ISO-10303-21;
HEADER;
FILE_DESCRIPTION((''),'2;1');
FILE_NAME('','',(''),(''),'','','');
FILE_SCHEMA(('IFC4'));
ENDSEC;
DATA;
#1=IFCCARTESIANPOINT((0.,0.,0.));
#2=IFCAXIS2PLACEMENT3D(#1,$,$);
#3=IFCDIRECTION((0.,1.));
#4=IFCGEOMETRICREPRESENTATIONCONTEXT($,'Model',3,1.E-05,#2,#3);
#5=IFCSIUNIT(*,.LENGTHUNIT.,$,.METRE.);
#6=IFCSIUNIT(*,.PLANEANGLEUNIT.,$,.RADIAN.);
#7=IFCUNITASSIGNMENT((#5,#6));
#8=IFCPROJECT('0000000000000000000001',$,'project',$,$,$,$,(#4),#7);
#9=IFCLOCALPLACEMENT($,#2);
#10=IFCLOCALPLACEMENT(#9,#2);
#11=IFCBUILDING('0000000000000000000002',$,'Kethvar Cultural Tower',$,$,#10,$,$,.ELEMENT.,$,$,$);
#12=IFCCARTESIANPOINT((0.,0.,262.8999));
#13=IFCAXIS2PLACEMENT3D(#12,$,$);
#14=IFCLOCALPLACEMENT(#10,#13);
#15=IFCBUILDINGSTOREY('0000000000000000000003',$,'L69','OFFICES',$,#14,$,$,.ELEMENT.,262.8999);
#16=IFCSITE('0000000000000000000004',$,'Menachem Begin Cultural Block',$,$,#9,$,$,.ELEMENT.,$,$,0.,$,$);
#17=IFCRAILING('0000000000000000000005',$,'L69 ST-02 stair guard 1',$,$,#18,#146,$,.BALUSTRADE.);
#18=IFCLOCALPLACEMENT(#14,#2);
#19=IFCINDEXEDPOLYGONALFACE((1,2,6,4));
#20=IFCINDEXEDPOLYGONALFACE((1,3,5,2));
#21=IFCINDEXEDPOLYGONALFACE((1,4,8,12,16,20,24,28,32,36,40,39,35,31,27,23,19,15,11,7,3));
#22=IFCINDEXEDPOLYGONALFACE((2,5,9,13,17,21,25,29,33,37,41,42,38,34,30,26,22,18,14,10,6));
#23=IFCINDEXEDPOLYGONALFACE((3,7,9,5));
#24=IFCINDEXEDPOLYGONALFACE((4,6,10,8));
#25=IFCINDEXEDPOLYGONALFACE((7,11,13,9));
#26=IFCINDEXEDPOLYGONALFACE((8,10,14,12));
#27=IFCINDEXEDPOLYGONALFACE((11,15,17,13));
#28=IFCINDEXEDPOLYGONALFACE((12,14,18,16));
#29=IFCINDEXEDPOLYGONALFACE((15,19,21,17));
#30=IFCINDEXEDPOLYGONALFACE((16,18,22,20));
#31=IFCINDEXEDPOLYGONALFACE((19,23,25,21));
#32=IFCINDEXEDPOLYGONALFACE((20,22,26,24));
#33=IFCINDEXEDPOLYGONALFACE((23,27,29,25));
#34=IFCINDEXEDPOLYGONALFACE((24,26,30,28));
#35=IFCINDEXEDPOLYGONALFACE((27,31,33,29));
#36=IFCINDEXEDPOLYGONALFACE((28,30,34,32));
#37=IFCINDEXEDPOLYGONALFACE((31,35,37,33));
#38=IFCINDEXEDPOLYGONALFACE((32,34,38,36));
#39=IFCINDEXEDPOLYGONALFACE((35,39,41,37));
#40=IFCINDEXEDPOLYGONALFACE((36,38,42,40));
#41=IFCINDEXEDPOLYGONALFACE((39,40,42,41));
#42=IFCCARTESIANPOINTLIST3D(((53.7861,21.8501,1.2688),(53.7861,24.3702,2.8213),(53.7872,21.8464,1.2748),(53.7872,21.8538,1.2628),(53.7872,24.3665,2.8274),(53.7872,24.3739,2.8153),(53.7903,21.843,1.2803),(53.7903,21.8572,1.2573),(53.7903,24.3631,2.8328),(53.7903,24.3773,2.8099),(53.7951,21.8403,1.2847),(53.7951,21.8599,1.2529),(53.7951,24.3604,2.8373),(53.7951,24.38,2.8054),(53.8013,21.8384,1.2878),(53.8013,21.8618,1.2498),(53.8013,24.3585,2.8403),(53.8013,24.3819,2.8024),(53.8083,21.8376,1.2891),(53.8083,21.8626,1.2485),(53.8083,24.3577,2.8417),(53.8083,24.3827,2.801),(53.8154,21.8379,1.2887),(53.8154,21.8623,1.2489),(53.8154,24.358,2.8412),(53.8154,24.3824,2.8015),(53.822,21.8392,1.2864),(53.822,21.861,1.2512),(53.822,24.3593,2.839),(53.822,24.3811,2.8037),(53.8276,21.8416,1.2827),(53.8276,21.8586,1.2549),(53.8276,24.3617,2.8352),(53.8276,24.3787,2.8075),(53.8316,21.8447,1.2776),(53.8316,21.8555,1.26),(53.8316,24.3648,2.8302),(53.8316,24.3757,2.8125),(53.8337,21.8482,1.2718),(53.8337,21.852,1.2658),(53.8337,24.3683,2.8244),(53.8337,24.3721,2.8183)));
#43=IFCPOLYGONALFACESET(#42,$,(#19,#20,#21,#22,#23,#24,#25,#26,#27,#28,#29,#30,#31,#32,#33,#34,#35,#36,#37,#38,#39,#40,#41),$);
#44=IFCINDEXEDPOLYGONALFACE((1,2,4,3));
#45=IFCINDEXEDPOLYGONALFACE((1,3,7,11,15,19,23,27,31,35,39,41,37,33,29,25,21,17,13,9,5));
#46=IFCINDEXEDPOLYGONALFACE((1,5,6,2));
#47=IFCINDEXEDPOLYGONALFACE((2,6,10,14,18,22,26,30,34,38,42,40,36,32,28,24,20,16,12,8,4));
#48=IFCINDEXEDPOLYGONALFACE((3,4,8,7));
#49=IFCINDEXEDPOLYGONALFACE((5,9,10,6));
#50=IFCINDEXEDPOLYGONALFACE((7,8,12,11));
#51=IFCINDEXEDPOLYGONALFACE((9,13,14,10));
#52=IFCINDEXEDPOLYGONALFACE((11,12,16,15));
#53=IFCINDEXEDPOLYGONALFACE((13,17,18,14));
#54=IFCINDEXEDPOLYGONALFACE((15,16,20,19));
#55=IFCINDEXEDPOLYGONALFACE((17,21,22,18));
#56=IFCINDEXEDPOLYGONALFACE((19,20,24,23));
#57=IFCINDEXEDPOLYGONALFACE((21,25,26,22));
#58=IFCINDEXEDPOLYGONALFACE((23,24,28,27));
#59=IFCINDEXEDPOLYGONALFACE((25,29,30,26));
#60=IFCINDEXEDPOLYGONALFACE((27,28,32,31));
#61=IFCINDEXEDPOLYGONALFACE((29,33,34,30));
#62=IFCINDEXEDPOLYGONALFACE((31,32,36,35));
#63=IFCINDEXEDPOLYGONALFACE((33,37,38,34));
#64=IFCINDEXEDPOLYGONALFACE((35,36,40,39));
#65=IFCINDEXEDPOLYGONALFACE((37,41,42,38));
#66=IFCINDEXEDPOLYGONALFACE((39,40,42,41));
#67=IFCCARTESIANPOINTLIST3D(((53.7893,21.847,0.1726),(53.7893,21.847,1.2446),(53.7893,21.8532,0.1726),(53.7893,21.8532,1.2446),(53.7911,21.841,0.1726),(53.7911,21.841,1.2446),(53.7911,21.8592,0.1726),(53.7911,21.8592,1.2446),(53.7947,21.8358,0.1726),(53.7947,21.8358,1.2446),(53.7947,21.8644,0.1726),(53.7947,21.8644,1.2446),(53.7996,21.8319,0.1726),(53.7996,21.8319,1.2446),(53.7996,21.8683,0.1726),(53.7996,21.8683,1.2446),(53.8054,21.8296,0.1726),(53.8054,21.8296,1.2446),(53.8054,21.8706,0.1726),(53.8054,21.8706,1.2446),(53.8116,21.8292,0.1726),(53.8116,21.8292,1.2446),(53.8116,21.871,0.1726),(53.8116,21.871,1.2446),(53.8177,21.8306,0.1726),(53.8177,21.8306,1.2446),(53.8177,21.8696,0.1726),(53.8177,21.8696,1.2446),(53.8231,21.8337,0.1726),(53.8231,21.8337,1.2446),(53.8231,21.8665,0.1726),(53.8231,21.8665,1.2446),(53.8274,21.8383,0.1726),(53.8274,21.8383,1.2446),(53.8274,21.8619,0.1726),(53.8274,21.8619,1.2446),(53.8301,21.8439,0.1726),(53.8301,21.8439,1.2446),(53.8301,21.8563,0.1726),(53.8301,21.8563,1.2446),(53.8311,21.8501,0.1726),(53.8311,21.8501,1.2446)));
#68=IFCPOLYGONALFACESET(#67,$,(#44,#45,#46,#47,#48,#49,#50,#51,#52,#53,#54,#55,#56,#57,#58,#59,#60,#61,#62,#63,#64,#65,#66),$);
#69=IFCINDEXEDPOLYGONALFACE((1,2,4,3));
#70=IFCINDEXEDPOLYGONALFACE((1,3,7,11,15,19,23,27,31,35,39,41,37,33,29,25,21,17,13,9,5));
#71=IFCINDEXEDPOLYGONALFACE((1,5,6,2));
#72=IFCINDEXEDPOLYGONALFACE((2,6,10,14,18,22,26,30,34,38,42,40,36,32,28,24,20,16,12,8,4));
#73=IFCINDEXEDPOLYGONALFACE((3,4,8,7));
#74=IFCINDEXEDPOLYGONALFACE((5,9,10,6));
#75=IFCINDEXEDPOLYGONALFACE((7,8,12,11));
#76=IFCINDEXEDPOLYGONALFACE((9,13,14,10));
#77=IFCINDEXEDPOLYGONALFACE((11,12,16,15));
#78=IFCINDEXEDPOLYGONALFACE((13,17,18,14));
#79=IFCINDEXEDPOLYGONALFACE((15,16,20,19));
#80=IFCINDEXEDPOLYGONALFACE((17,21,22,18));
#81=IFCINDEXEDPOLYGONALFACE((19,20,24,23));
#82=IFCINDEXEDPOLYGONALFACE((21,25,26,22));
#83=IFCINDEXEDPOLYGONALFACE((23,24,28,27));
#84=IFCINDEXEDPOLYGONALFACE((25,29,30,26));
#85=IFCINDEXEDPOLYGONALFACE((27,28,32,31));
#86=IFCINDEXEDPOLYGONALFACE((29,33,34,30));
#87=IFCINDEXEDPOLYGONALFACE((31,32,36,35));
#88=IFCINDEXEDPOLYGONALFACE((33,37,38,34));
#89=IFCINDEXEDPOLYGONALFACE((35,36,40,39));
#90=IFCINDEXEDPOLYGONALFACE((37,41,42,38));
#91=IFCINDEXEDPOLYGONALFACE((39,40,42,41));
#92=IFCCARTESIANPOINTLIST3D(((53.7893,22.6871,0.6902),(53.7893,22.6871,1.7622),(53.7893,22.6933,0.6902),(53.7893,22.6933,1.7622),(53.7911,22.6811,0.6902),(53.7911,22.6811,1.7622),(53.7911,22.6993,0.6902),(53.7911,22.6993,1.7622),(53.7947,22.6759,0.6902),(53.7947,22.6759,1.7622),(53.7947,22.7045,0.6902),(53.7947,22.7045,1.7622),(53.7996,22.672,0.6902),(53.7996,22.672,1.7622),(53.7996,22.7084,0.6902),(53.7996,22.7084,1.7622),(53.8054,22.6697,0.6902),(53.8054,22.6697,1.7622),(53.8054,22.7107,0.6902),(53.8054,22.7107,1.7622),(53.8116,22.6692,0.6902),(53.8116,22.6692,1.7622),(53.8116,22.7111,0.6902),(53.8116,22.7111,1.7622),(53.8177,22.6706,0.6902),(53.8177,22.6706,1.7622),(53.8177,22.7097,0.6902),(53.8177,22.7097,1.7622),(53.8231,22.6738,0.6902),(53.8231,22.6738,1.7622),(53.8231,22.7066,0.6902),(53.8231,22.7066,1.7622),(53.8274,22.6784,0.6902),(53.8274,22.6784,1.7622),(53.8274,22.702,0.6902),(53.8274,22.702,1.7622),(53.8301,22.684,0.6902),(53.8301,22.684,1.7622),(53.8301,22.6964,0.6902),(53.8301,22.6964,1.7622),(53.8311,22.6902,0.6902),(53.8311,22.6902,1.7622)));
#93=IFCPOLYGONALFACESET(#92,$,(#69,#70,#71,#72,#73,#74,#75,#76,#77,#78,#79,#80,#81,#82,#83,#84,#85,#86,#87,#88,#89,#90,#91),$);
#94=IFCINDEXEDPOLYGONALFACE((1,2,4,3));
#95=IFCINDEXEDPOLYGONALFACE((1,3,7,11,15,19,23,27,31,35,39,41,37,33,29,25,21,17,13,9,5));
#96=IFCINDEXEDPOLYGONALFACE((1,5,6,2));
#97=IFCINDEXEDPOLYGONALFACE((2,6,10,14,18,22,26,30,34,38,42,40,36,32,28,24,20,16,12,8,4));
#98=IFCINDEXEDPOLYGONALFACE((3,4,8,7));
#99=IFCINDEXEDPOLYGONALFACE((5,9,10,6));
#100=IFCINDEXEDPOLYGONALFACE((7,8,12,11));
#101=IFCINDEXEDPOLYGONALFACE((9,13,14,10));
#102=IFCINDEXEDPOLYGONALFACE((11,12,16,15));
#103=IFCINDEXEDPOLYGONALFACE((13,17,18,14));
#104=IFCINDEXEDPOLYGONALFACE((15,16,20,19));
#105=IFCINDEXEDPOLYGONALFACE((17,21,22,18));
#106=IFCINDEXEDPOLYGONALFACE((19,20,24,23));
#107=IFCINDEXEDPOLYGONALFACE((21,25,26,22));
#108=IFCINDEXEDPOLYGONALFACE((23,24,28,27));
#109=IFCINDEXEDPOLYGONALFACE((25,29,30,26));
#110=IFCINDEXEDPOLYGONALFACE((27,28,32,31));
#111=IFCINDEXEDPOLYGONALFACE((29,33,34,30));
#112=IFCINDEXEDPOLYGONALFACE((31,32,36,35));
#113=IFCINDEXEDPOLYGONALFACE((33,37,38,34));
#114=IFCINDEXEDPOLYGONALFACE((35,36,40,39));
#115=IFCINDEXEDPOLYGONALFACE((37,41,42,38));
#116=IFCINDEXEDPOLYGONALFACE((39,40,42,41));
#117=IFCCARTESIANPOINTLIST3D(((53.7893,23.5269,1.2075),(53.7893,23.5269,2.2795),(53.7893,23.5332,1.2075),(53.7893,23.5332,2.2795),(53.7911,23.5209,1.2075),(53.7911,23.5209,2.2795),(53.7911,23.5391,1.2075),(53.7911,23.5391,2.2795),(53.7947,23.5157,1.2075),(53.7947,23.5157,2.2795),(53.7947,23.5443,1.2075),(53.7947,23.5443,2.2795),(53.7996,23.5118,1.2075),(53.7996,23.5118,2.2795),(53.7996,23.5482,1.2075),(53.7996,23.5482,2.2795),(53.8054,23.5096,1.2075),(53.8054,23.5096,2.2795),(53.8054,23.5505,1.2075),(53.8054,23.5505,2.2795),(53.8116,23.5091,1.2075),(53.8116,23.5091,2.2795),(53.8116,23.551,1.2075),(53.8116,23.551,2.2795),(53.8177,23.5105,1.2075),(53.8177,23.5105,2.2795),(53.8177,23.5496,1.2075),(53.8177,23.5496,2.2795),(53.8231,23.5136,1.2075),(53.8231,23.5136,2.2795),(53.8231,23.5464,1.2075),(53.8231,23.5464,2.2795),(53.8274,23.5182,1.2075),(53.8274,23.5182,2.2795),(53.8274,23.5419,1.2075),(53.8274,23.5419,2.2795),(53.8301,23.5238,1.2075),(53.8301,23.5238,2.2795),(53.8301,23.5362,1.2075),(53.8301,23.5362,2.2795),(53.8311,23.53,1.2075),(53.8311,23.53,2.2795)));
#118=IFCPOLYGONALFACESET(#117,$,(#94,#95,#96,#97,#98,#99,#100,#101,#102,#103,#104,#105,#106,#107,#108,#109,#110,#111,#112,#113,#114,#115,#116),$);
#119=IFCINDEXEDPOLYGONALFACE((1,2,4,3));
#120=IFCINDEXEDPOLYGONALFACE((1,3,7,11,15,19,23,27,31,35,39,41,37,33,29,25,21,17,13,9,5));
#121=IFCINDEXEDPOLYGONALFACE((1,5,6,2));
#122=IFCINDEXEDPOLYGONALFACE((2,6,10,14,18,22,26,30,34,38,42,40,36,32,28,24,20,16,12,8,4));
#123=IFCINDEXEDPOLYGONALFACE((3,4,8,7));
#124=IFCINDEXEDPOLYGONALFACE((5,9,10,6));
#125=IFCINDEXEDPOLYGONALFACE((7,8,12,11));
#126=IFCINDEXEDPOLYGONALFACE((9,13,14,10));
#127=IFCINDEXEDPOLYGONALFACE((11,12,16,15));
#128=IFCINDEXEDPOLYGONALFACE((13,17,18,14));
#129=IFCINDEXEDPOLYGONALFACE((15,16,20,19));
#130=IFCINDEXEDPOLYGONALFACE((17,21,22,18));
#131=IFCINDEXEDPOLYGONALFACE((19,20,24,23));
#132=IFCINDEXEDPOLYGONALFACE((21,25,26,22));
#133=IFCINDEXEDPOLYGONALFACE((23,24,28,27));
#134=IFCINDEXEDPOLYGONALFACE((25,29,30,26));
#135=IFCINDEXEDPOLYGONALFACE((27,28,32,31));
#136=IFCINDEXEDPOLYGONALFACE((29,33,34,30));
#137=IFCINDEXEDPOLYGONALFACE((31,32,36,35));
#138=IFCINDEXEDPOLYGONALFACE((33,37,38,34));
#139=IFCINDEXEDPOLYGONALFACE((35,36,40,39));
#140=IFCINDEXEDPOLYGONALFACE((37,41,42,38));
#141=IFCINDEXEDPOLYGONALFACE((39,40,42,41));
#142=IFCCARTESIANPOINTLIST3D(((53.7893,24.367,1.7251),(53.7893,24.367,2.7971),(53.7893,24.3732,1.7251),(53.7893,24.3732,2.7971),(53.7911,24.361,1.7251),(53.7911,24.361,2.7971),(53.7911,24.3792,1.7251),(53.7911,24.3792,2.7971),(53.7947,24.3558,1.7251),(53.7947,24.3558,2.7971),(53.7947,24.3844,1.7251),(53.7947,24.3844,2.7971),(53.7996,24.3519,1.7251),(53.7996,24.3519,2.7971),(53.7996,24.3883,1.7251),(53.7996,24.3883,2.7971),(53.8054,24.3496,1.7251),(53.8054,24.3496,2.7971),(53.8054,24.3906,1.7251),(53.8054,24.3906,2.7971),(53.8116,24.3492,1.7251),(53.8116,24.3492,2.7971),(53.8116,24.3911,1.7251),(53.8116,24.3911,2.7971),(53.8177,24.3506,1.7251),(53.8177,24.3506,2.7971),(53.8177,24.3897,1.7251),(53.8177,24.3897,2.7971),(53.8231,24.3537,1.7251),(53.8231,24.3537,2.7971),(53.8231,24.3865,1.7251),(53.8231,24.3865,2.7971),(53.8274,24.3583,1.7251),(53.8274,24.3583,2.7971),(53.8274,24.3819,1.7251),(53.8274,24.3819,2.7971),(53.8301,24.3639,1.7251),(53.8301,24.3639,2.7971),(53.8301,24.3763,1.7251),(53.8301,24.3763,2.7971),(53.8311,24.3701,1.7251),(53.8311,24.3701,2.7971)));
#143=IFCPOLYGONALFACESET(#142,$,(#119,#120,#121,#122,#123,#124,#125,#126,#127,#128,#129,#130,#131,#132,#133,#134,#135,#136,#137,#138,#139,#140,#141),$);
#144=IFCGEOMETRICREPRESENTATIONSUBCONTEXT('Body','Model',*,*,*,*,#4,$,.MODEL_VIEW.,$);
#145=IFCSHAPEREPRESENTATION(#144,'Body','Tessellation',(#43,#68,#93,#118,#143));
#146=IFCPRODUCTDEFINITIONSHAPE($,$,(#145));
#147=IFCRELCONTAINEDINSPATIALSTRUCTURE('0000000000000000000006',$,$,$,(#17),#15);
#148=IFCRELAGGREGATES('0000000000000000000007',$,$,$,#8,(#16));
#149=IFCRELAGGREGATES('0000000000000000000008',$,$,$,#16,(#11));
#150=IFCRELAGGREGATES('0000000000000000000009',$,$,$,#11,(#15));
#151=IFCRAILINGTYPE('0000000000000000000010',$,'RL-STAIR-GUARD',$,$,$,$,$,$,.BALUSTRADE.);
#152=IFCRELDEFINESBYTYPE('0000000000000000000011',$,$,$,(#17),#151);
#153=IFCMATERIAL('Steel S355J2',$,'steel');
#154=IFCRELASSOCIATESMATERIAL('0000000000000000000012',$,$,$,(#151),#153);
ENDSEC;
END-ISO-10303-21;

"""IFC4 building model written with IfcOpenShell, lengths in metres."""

from ifc_helpers import new_model, si_unit, direction, frame, origin, origin_2d, place, context, subcontext, project, spatial, circle, extrude, material, type_object, element, save


model = new_model("IFC4")

# Units and contexts
model_context = context("Model", 3, precision=1e-05, world=origin(), true_north=direction((0.0, 1.0)))
body_context = subcontext(model_context, "Body", "Model", "MODEL_VIEW")
ifc_project = project(units=[si_unit("LENGTHUNIT", "METRE"), si_unit("PLANEANGLEUNIT", "RADIAN")], contexts=[model_context])

# Site, building, storey
site_placement = place(None, origin())
site = spatial("IfcSite", under=ifc_project, at=site_placement, Name="Menachem Begin Cultural Block", CompositionType="ELEMENT", RefElevation=0.0)
building_placement = place(site_placement, origin())
building = spatial("IfcBuilding", under=site, at=building_placement, Name="Kethvar Cultural Tower", CompositionType="ELEMENT")
storey_placement = place(building_placement, frame((0.0, 0.0, 262.8999)))
storey = spatial("IfcBuildingStorey", under=building, at=storey_placement, Name="L69", Description="OFFICES", CompositionType="ELEMENT", Elevation=262.8999)

# Shared definitions
ifc_material_1 = material(Name="Steel S355J2", Category="steel")

# Railing
railing_type_1 = type_object("IfcRailingType", Name="RL-STAIR-GUARD", PredefinedType="BALUSTRADE", material=ifc_material_1)
railing_1_placement = place(storey_placement, frame((53.8101, 21.8501, 0.1726)))
element("IfcRailing", 1, at=railing_1_placement, inside=storey, type_object=railing_type_1, Name="L69 ST-02 stair guard 1", PredefinedType="BALUSTRADE", context=body_context, shape_type="SweptSolid", body=[
    extrude(circle(Radius=0.0239, at=origin_2d()), frame((0.0, 0.0, 1.0962), z_axis=(0.0, 0.8514, 0.524516), x_axis=(-1.0, 0.0, 0.0)), (0.0, 0.0, 1.0), 2.96),
    extrude(circle(Radius=0.021, at=origin_2d()), origin(), (0.0, 0.0, 1.0), 1.072),
    extrude(circle(Radius=0.021, at=origin_2d()), frame((0.0, 0.8401, 0.5176)), (0.0, 0.0, 1.0), 1.072),
    extrude(circle(Radius=0.021, at=origin_2d()), frame((0.0, 1.6799, 1.0349)), (0.0, 0.0, 1.0), 1.072),
    extrude(circle(Radius=0.021, at=origin_2d()), frame((0.0, 2.52, 1.5525)), (0.0, 0.0, 1.0), 1.072),
])

save(model, "model.ifc")
